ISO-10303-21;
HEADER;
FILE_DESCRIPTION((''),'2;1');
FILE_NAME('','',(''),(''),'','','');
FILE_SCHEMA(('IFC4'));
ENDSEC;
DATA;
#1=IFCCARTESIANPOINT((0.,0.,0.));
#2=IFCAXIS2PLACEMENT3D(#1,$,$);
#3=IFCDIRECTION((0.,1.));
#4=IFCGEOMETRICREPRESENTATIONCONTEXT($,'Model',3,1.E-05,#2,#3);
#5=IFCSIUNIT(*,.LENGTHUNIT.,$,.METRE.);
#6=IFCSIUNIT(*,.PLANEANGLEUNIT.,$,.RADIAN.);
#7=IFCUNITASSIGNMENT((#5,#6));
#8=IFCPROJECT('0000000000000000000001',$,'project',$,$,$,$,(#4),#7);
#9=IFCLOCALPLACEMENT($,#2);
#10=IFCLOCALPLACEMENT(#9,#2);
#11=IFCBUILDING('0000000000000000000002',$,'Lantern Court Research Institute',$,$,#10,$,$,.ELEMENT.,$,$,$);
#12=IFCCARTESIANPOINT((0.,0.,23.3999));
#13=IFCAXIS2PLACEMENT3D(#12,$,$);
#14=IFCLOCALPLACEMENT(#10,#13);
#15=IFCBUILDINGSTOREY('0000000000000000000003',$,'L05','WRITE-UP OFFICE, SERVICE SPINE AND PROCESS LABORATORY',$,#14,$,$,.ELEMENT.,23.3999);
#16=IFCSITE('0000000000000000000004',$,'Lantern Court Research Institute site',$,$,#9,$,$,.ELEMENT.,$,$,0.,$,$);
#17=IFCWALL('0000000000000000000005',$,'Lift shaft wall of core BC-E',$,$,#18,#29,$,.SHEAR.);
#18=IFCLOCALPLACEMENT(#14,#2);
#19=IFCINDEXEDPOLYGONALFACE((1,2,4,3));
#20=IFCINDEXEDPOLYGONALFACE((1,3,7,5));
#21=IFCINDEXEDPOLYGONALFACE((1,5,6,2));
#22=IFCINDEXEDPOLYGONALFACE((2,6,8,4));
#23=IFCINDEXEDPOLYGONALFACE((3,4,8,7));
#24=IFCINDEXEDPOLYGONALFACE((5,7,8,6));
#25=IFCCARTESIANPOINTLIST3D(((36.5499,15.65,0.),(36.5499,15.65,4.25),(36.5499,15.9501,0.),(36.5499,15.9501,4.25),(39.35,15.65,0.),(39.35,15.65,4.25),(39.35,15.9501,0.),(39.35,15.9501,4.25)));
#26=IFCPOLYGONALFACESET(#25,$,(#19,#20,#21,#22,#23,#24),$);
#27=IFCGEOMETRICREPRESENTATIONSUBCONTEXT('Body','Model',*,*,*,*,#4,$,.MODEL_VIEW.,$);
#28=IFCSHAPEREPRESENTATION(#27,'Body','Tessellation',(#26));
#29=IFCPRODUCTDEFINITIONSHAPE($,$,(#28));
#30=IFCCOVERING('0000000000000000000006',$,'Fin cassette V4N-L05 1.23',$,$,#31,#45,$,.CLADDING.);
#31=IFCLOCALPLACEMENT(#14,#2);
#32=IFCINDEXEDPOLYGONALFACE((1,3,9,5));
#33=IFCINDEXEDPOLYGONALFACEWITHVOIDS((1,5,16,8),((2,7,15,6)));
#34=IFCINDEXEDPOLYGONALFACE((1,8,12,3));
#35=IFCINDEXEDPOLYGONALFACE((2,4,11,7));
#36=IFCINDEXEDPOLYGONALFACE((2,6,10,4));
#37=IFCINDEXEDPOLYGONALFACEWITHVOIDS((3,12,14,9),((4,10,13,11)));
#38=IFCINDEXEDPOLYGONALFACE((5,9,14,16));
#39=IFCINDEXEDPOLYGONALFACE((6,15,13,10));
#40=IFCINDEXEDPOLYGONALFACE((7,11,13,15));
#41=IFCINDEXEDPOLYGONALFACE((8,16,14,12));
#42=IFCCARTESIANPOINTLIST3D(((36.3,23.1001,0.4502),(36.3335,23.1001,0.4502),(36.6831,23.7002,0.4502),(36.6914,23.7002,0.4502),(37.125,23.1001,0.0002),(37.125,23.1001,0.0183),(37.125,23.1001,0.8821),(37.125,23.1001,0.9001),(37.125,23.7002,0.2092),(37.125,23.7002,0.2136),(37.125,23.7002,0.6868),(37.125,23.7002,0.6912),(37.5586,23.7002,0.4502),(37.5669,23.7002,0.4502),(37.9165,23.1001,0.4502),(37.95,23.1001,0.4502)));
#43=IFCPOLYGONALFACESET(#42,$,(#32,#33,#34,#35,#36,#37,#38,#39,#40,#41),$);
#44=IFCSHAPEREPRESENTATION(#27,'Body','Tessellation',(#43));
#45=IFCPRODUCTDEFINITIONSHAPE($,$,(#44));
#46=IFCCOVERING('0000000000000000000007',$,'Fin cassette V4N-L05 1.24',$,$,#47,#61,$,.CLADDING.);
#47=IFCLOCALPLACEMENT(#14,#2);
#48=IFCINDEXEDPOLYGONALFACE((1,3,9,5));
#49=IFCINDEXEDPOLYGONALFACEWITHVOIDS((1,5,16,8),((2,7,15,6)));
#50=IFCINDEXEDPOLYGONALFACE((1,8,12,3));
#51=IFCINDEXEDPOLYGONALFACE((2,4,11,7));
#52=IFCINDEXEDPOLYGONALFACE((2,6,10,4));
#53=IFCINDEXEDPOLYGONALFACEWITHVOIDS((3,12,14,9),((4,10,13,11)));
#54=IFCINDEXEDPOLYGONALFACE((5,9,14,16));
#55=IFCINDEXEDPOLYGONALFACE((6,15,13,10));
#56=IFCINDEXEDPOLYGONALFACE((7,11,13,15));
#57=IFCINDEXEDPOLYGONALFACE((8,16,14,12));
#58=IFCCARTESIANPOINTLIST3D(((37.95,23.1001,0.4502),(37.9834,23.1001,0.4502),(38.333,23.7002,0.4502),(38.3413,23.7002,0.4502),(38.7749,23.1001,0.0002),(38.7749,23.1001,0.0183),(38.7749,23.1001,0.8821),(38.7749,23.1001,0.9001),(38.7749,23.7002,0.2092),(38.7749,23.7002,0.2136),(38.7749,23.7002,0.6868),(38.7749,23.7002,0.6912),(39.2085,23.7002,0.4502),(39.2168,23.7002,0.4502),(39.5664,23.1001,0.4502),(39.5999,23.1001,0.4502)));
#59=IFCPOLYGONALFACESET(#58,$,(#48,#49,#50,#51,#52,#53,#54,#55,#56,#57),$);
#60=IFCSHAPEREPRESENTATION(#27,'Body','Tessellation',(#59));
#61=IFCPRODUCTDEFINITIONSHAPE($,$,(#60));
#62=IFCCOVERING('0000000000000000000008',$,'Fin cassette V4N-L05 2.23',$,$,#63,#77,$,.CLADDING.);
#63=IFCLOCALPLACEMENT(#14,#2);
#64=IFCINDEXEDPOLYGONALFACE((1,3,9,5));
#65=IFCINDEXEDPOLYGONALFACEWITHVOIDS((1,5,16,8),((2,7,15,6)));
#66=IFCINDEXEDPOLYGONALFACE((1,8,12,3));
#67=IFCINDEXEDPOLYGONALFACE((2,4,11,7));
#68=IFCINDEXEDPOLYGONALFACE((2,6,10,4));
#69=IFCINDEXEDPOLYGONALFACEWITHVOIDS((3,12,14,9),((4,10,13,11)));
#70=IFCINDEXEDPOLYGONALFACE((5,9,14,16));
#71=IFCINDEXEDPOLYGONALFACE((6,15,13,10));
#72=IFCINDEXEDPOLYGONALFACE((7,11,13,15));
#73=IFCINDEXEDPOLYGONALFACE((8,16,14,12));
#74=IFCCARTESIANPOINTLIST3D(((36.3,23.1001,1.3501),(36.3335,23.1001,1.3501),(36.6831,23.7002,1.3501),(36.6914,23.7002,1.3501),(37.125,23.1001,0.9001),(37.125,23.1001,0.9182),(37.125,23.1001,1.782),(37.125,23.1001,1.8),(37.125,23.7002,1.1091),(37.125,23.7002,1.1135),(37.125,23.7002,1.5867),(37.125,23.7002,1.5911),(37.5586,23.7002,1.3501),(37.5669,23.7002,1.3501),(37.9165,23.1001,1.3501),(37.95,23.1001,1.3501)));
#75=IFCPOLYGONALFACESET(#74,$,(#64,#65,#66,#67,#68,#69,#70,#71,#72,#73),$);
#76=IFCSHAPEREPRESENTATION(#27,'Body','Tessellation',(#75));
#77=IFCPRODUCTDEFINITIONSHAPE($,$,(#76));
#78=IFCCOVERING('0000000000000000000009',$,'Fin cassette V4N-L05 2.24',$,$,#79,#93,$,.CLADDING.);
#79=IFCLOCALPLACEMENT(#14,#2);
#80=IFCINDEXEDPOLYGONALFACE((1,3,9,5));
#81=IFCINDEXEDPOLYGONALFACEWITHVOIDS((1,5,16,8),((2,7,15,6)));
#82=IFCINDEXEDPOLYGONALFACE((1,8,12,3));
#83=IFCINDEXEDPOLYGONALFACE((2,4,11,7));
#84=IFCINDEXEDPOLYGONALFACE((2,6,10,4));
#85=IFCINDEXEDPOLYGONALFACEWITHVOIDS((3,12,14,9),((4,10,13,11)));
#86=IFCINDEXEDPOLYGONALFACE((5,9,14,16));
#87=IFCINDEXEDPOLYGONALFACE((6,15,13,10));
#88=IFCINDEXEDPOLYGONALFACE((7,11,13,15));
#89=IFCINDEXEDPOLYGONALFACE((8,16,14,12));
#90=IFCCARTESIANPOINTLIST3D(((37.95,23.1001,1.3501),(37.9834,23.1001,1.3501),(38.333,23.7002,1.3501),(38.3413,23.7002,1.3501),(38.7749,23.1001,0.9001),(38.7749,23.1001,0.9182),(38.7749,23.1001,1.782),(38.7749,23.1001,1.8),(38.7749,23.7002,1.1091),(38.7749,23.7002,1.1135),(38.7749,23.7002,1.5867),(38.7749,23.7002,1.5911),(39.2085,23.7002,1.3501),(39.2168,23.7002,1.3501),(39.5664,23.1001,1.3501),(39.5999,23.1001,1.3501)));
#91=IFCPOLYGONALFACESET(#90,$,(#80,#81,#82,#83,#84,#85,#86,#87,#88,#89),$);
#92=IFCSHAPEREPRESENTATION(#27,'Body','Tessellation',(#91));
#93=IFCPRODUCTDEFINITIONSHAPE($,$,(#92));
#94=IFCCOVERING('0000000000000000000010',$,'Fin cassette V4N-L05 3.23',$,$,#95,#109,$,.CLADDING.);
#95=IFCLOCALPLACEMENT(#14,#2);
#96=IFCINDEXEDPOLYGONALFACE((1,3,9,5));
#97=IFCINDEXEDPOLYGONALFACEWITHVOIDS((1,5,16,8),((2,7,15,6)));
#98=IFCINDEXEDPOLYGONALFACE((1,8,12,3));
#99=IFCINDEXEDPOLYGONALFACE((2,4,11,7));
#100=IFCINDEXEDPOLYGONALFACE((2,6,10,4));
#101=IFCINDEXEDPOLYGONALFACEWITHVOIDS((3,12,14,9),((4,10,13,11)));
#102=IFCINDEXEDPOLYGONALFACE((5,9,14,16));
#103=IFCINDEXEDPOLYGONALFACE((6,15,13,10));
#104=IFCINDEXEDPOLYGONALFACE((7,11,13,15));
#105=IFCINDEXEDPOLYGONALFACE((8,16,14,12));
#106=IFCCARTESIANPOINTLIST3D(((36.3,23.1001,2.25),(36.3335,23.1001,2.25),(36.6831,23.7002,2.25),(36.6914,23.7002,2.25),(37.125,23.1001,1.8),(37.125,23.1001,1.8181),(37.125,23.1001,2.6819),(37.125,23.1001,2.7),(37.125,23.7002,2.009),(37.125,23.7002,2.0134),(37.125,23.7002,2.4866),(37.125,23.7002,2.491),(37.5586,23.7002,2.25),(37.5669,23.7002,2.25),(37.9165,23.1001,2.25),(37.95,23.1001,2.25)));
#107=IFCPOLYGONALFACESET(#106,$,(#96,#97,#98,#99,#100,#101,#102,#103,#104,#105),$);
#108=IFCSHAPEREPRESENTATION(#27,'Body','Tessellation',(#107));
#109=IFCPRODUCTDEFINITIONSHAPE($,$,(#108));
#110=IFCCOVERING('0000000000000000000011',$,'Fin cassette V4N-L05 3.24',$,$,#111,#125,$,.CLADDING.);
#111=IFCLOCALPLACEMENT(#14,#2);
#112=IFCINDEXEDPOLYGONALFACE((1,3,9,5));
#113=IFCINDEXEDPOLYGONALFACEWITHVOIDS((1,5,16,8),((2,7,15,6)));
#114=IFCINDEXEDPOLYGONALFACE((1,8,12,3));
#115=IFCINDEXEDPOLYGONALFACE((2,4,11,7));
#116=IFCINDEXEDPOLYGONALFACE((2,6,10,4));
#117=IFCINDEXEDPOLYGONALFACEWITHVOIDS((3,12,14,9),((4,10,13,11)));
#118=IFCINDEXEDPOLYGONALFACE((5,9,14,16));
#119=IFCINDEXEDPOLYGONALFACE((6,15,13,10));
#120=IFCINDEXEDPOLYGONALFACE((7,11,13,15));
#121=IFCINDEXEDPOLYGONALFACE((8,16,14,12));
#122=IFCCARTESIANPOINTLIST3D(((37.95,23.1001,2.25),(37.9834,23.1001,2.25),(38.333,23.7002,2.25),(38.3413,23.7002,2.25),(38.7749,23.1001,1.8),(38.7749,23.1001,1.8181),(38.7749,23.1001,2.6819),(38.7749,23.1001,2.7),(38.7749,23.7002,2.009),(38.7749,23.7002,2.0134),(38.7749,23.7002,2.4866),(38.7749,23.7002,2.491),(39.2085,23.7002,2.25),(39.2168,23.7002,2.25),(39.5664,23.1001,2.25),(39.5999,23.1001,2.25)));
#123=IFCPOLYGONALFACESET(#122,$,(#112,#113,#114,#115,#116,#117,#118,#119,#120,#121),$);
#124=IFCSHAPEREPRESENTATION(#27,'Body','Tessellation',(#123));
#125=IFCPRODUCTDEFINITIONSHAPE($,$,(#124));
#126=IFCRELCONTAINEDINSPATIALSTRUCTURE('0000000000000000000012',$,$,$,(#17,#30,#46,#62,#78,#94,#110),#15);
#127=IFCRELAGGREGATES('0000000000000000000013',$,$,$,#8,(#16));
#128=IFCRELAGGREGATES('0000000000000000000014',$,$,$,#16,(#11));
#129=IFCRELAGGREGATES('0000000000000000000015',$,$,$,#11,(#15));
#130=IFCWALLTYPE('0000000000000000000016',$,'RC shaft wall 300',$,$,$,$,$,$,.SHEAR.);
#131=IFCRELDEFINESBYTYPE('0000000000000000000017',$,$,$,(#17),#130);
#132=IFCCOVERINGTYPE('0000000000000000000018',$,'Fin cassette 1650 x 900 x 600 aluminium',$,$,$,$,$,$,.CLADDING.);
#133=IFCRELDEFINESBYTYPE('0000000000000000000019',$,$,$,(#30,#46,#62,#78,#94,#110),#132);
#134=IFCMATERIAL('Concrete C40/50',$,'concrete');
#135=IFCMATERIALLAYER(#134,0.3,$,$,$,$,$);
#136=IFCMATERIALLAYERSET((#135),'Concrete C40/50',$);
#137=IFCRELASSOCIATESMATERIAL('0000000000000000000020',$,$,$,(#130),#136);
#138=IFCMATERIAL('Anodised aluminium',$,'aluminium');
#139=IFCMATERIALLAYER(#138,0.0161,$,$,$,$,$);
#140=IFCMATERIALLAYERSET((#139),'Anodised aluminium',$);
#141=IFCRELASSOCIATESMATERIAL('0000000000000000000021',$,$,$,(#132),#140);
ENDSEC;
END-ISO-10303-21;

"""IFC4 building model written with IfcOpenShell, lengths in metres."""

from ifc_helpers import new_model, entity, si_unit, direction, frame, frame_2d, origin, place, context, subcontext, project, spatial, rectangle, extrude, material, layer, layer_set, type_object, element, save


model = new_model("IFC4")

# Units and contexts
model_context = context("Model", 3, precision=1e-05, world=origin(), true_north=direction((0.0, 1.0)))
body_context = subcontext(model_context, "Body", "Model", "MODEL_VIEW")
ifc_project = project(units=[si_unit("LENGTHUNIT", "METRE"), si_unit("PLANEANGLEUNIT", "RADIAN")], contexts=[model_context])

# Site, building, storey
site_placement = place(None, origin())
site = spatial("IfcSite", under=ifc_project, at=site_placement, Name="Lantern Court Research Institute site", CompositionType="ELEMENT", RefElevation=0.0)
building_placement = place(site_placement, origin())
building = spatial("IfcBuilding", under=site, at=building_placement, Name="Lantern Court Research Institute", CompositionType="ELEMENT")
storey_placement = place(building_placement, frame((0.0, 0.0, 23.3999)))
storey = spatial("IfcBuildingStorey", under=building, at=storey_placement, Name="L05", Description="WRITE-UP OFFICE, SERVICE SPINE AND PROCESS LABORATORY", CompositionType="ELEMENT", Elevation=23.3999)

# Shared definitions
ifc_material_1 = material(Name="Concrete C40/50", Category="concrete")
ifc_layer_1 = layer(ifc_material_1, 0.3)
ifc_layer_set_1 = layer_set([ifc_layer_1], Name="Concrete C40/50")
wall_type_1 = type_object("IfcWallType", Name="RC shaft wall 300", PredefinedType="SHEAR", material=ifc_layer_set_1)

# Wall
wall_1_placement = place(storey_placement, frame((36.55, 15.8, 0.0), z_axis=(0.0, 0.0, 1.0), x_axis=(1.0, 0.0, 0.0)))
element("IfcWall", 1, at=wall_1_placement, inside=storey, type_object=wall_type_1, Name="Lift shaft wall of core BC-E", PredefinedType="SHEAR", context=body_context, shape_type="SweptSolid", body=[
    extrude(rectangle(XDim=2.8, YDim=0.3, at=frame_2d((1.3999, 0.0))), origin(), (0.0, 0.0, 1.0), 4.25),
])

# Coverings
ifc_material_2 = material(Name="Anodised aluminium", Category="aluminium")
ifc_layer_2 = layer(ifc_material_2, 0.0161)
ifc_layer_set_2 = layer_set([ifc_layer_2], Name="Anodised aluminium")
covering_type = type_object("IfcCoveringType", Name="Fin cassette 1650 x 900 x 600 aluminium", PredefinedType="CLADDING", material=ifc_layer_set_2)
covering_1_placement = place(storey_placement, frame((37.125, 23.1001, 0.4502), z_axis=(0.0, 1.0, 0.0), x_axis=(-1.0, 0.0, 0.0)))
cartesian_point_1 = entity("IfcCartesianPoint", [0.825, 0.0])
cartesian_point_2 = entity("IfcCartesianPoint", [0.7915, 0.0])
cartesian_point_3 = entity("IfcCartesianPoint", [0.4419, 0.0])
cartesian_point_4 = entity("IfcCartesianPoint", [0.4336, 0.0])
element("IfcCovering", 2, at=covering_1_placement, inside=storey, type_object=covering_type, Name="Fin cassette V4N-L05 1.23", PredefinedType="CLADDING", context=body_context, shape_type="SweptSolid", body=[
    entity("IfcExtrudedAreaSolidTapered", entity("IfcArbitraryProfileDefWithVoids", "AREA", None, entity("IfcPolyline", [cartesian_point_1, entity("IfcCartesianPoint", [0.0, 0.45]), entity("IfcCartesianPoint", [-0.825, 0.0]), entity("IfcCartesianPoint", [0.0, -0.45]), cartesian_point_1]), [entity("IfcPolyline", [cartesian_point_2, entity("IfcCartesianPoint", [0.0, 0.4319]), entity("IfcCartesianPoint", [-0.7915, 0.0]), entity("IfcCartesianPoint", [0.0, -0.4319]), cartesian_point_2])]), entity("IfcAxis2Placement3D", entity("IfcCartesianPoint", [0.0, 0.0, 0.0])), entity("IfcDirection", [0.0, 0.0, 1.0]), 0.6001, entity("IfcArbitraryProfileDefWithVoids", "AREA", None, entity("IfcPolyline", [cartesian_point_3, entity("IfcCartesianPoint", [0.0, 0.241]), entity("IfcCartesianPoint", [-0.4419, 0.0]), entity("IfcCartesianPoint", [0.0, -0.241]), cartesian_point_3]), [entity("IfcPolyline", [cartesian_point_4, entity("IfcCartesianPoint", [0.0, 0.2366]), entity("IfcCartesianPoint", [-0.4336, 0.0]), entity("IfcCartesianPoint", [0.0, -0.2366]), cartesian_point_4])])),
])
covering_2_placement = place(storey_placement, frame((38.7749, 23.1001, 0.4502), z_axis=(0.0, 1.0, 0.0), x_axis=(-1.0, 0.0, 0.0)))
cartesian_point_5 = entity("IfcCartesianPoint", [0.825, 0.0])
cartesian_point_6 = entity("IfcCartesianPoint", [0.7915, 0.0])
cartesian_point_7 = entity("IfcCartesianPoint", [0.4419, 0.0])
cartesian_point_8 = entity("IfcCartesianPoint", [0.4336, 0.0])
element("IfcCovering", 3, at=covering_2_placement, inside=storey, type_object=covering_type, Name="Fin cassette V4N-L05 1.24", PredefinedType="CLADDING", context=body_context, shape_type="SweptSolid", body=[
    entity("IfcExtrudedAreaSolidTapered", entity("IfcArbitraryProfileDefWithVoids", "AREA", None, entity("IfcPolyline", [cartesian_point_5, entity("IfcCartesianPoint", [0.0, 0.45]), entity("IfcCartesianPoint", [-0.825, 0.0]), entity("IfcCartesianPoint", [0.0, -0.45]), cartesian_point_5]), [entity("IfcPolyline", [cartesian_point_6, entity("IfcCartesianPoint", [0.0, 0.4319]), entity("IfcCartesianPoint", [-0.7915, 0.0]), entity("IfcCartesianPoint", [0.0, -0.4319]), cartesian_point_6])]), entity("IfcAxis2Placement3D", entity("IfcCartesianPoint", [0.0, 0.0, 0.0])), entity("IfcDirection", [0.0, 0.0, 1.0]), 0.6001, entity("IfcArbitraryProfileDefWithVoids", "AREA", None, entity("IfcPolyline", [cartesian_point_7, entity("IfcCartesianPoint", [0.0, 0.241]), entity("IfcCartesianPoint", [-0.4419, 0.0]), entity("IfcCartesianPoint", [0.0, -0.241]), cartesian_point_7]), [entity("IfcPolyline", [cartesian_point_8, entity("IfcCartesianPoint", [0.0, 0.2366]), entity("IfcCartesianPoint", [-0.4336, 0.0]), entity("IfcCartesianPoint", [0.0, -0.2366]), cartesian_point_8])])),
])
covering_3_placement = place(storey_placement, frame((37.125, 23.1001, 1.3501), z_axis=(0.0, 1.0, 0.0), x_axis=(-1.0, 0.0, 0.0)))
cartesian_point_9 = entity("IfcCartesianPoint", [0.825, 0.0])
cartesian_point_10 = entity("IfcCartesianPoint", [0.7915, 0.0])
cartesian_point_11 = entity("IfcCartesianPoint", [0.4419, 0.0])
cartesian_point_12 = entity("IfcCartesianPoint", [0.4336, 0.0])
element("IfcCovering", 4, at=covering_3_placement, inside=storey, type_object=covering_type, Name="Fin cassette V4N-L05 2.23", PredefinedType="CLADDING", context=body_context, shape_type="SweptSolid", body=[
    entity("IfcExtrudedAreaSolidTapered", entity("IfcArbitraryProfileDefWithVoids", "AREA", None, entity("IfcPolyline", [cartesian_point_9, entity("IfcCartesianPoint", [0.0, 0.45]), entity("IfcCartesianPoint", [-0.825, 0.0]), entity("IfcCartesianPoint", [0.0, -0.45]), cartesian_point_9]), [entity("IfcPolyline", [cartesian_point_10, entity("IfcCartesianPoint", [0.0, 0.4319]), entity("IfcCartesianPoint", [-0.7915, 0.0]), entity("IfcCartesianPoint", [0.0, -0.4319]), cartesian_point_10])]), entity("IfcAxis2Placement3D", entity("IfcCartesianPoint", [0.0, 0.0, 0.0])), entity("IfcDirection", [0.0, 0.0, 1.0]), 0.6001, entity("IfcArbitraryProfileDefWithVoids", "AREA", None, entity("IfcPolyline", [cartesian_point_11, entity("IfcCartesianPoint", [0.0, 0.241]), entity("IfcCartesianPoint", [-0.4419, 0.0]), entity("IfcCartesianPoint", [0.0, -0.241]), cartesian_point_11]), [entity("IfcPolyline", [cartesian_point_12, entity("IfcCartesianPoint", [0.0, 0.2366]), entity("IfcCartesianPoint", [-0.4336, 0.0]), entity("IfcCartesianPoint", [0.0, -0.2366]), cartesian_point_12])])),
])
covering_4_placement = place(storey_placement, frame((38.7749, 23.1001, 1.3501), z_axis=(0.0, 1.0, 0.0), x_axis=(-1.0, 0.0, 0.0)))
cartesian_point_13 = entity("IfcCartesianPoint", [0.825, 0.0])
cartesian_point_14 = entity("IfcCartesianPoint", [0.7915, 0.0])
cartesian_point_15 = entity("IfcCartesianPoint", [0.4419, 0.0])
cartesian_point_16 = entity("IfcCartesianPoint", [0.4336, 0.0])
element("IfcCovering", 5, at=covering_4_placement, inside=storey, type_object=covering_type, Name="Fin cassette V4N-L05 2.24", PredefinedType="CLADDING", context=body_context, shape_type="SweptSolid", body=[
    entity("IfcExtrudedAreaSolidTapered", entity("IfcArbitraryProfileDefWithVoids", "AREA", None, entity("IfcPolyline", [cartesian_point_13, entity("IfcCartesianPoint", [0.0, 0.45]), entity("IfcCartesianPoint", [-0.825, 0.0]), entity("IfcCartesianPoint", [0.0, -0.45]), cartesian_point_13]), [entity("IfcPolyline", [cartesian_point_14, entity("IfcCartesianPoint", [0.0, 0.4319]), entity("IfcCartesianPoint", [-0.7915, 0.0]), entity("IfcCartesianPoint", [0.0, -0.4319]), cartesian_point_14])]), entity("IfcAxis2Placement3D", entity("IfcCartesianPoint", [0.0, 0.0, 0.0])), entity("IfcDirection", [0.0, 0.0, 1.0]), 0.6001, entity("IfcArbitraryProfileDefWithVoids", "AREA", None, entity("IfcPolyline", [cartesian_point_15, entity("IfcCartesianPoint", [0.0, 0.241]), entity("IfcCartesianPoint", [-0.4419, 0.0]), entity("IfcCartesianPoint", [0.0, -0.241]), cartesian_point_15]), [entity("IfcPolyline", [cartesian_point_16, entity("IfcCartesianPoint", [0.0, 0.2366]), entity("IfcCartesianPoint", [-0.4336, 0.0]), entity("IfcCartesianPoint", [0.0, -0.2366]), cartesian_point_16])])),
])
covering_5_placement = place(storey_placement, frame((37.125, 23.1001, 2.25), z_axis=(0.0, 1.0, 0.0), x_axis=(-1.0, 0.0, 0.0)))
cartesian_point_17 = entity("IfcCartesianPoint", [0.825, 0.0])
cartesian_point_18 = entity("IfcCartesianPoint", [0.7915, 0.0])
cartesian_point_19 = entity("IfcCartesianPoint", [0.4419, 0.0])
cartesian_point_20 = entity("IfcCartesianPoint", [0.4336, 0.0])
element("IfcCovering", 6, at=covering_5_placement, inside=storey, type_object=covering_type, Name="Fin cassette V4N-L05 3.23", PredefinedType="CLADDING", context=body_context, shape_type="SweptSolid", body=[
    entity("IfcExtrudedAreaSolidTapered", entity("IfcArbitraryProfileDefWithVoids", "AREA", None, entity("IfcPolyline", [cartesian_point_17, entity("IfcCartesianPoint", [0.0, 0.45]), entity("IfcCartesianPoint", [-0.825, 0.0]), entity("IfcCartesianPoint", [0.0, -0.45]), cartesian_point_17]), [entity("IfcPolyline", [cartesian_point_18, entity("IfcCartesianPoint", [0.0, 0.4319]), entity("IfcCartesianPoint", [-0.7915, 0.0]), entity("IfcCartesianPoint", [0.0, -0.4319]), cartesian_point_18])]), entity("IfcAxis2Placement3D", entity("IfcCartesianPoint", [0.0, 0.0, 0.0])), entity("IfcDirection", [0.0, 0.0, 1.0]), 0.6001, entity("IfcArbitraryProfileDefWithVoids", "AREA", None, entity("IfcPolyline", [cartesian_point_19, entity("IfcCartesianPoint", [0.0, 0.241]), entity("IfcCartesianPoint", [-0.4419, 0.0]), entity("IfcCartesianPoint", [0.0, -0.241]), cartesian_point_19]), [entity("IfcPolyline", [cartesian_point_20, entity("IfcCartesianPoint", [0.0, 0.2366]), entity("IfcCartesianPoint", [-0.4336, 0.0]), entity("IfcCartesianPoint", [0.0, -0.2366]), cartesian_point_20])])),
])
covering_6_placement = place(storey_placement, frame((38.7749, 23.1001, 2.25), z_axis=(0.0, 1.0, 0.0), x_axis=(-1.0, 0.0, 0.0)))
cartesian_point_21 = entity("IfcCartesianPoint", [0.825, 0.0])
cartesian_point_22 = entity("IfcCartesianPoint", [0.7915, 0.0])
cartesian_point_23 = entity("IfcCartesianPoint", [0.4419, 0.0])
cartesian_point_24 = entity("IfcCartesianPoint", [0.4336, 0.0])
element("IfcCovering", 7, at=covering_6_placement, inside=storey, type_object=covering_type, Name="Fin cassette V4N-L05 3.24", PredefinedType="CLADDING", context=body_context, shape_type="SweptSolid", body=[
    entity("IfcExtrudedAreaSolidTapered", entity("IfcArbitraryProfileDefWithVoids", "AREA", None, entity("IfcPolyline", [cartesian_point_21, entity("IfcCartesianPoint", [0.0, 0.45]), entity("IfcCartesianPoint", [-0.825, 0.0]), entity("IfcCartesianPoint", [0.0, -0.45]), cartesian_point_21]), [entity("IfcPolyline", [cartesian_point_22, entity("IfcCartesianPoint", [0.0, 0.4319]), entity("IfcCartesianPoint", [-0.7915, 0.0]), entity("IfcCartesianPoint", [0.0, -0.4319]), cartesian_point_22])]), entity("IfcAxis2Placement3D", entity("IfcCartesianPoint", [0.0, 0.0, 0.0])), entity("IfcDirection", [0.0, 0.0, 1.0]), 0.6001, entity("IfcArbitraryProfileDefWithVoids", "AREA", None, entity("IfcPolyline", [cartesian_point_23, entity("IfcCartesianPoint", [0.0, 0.241]), entity("IfcCartesianPoint", [-0.4419, 0.0]), entity("IfcCartesianPoint", [0.0, -0.241]), cartesian_point_23]), [entity("IfcPolyline", [cartesian_point_24, entity("IfcCartesianPoint", [0.0, 0.2366]), entity("IfcCartesianPoint", [-0.4336, 0.0]), entity("IfcCartesianPoint", [0.0, -0.2366]), cartesian_point_24])])),
])

save(model, "model.ifc")
